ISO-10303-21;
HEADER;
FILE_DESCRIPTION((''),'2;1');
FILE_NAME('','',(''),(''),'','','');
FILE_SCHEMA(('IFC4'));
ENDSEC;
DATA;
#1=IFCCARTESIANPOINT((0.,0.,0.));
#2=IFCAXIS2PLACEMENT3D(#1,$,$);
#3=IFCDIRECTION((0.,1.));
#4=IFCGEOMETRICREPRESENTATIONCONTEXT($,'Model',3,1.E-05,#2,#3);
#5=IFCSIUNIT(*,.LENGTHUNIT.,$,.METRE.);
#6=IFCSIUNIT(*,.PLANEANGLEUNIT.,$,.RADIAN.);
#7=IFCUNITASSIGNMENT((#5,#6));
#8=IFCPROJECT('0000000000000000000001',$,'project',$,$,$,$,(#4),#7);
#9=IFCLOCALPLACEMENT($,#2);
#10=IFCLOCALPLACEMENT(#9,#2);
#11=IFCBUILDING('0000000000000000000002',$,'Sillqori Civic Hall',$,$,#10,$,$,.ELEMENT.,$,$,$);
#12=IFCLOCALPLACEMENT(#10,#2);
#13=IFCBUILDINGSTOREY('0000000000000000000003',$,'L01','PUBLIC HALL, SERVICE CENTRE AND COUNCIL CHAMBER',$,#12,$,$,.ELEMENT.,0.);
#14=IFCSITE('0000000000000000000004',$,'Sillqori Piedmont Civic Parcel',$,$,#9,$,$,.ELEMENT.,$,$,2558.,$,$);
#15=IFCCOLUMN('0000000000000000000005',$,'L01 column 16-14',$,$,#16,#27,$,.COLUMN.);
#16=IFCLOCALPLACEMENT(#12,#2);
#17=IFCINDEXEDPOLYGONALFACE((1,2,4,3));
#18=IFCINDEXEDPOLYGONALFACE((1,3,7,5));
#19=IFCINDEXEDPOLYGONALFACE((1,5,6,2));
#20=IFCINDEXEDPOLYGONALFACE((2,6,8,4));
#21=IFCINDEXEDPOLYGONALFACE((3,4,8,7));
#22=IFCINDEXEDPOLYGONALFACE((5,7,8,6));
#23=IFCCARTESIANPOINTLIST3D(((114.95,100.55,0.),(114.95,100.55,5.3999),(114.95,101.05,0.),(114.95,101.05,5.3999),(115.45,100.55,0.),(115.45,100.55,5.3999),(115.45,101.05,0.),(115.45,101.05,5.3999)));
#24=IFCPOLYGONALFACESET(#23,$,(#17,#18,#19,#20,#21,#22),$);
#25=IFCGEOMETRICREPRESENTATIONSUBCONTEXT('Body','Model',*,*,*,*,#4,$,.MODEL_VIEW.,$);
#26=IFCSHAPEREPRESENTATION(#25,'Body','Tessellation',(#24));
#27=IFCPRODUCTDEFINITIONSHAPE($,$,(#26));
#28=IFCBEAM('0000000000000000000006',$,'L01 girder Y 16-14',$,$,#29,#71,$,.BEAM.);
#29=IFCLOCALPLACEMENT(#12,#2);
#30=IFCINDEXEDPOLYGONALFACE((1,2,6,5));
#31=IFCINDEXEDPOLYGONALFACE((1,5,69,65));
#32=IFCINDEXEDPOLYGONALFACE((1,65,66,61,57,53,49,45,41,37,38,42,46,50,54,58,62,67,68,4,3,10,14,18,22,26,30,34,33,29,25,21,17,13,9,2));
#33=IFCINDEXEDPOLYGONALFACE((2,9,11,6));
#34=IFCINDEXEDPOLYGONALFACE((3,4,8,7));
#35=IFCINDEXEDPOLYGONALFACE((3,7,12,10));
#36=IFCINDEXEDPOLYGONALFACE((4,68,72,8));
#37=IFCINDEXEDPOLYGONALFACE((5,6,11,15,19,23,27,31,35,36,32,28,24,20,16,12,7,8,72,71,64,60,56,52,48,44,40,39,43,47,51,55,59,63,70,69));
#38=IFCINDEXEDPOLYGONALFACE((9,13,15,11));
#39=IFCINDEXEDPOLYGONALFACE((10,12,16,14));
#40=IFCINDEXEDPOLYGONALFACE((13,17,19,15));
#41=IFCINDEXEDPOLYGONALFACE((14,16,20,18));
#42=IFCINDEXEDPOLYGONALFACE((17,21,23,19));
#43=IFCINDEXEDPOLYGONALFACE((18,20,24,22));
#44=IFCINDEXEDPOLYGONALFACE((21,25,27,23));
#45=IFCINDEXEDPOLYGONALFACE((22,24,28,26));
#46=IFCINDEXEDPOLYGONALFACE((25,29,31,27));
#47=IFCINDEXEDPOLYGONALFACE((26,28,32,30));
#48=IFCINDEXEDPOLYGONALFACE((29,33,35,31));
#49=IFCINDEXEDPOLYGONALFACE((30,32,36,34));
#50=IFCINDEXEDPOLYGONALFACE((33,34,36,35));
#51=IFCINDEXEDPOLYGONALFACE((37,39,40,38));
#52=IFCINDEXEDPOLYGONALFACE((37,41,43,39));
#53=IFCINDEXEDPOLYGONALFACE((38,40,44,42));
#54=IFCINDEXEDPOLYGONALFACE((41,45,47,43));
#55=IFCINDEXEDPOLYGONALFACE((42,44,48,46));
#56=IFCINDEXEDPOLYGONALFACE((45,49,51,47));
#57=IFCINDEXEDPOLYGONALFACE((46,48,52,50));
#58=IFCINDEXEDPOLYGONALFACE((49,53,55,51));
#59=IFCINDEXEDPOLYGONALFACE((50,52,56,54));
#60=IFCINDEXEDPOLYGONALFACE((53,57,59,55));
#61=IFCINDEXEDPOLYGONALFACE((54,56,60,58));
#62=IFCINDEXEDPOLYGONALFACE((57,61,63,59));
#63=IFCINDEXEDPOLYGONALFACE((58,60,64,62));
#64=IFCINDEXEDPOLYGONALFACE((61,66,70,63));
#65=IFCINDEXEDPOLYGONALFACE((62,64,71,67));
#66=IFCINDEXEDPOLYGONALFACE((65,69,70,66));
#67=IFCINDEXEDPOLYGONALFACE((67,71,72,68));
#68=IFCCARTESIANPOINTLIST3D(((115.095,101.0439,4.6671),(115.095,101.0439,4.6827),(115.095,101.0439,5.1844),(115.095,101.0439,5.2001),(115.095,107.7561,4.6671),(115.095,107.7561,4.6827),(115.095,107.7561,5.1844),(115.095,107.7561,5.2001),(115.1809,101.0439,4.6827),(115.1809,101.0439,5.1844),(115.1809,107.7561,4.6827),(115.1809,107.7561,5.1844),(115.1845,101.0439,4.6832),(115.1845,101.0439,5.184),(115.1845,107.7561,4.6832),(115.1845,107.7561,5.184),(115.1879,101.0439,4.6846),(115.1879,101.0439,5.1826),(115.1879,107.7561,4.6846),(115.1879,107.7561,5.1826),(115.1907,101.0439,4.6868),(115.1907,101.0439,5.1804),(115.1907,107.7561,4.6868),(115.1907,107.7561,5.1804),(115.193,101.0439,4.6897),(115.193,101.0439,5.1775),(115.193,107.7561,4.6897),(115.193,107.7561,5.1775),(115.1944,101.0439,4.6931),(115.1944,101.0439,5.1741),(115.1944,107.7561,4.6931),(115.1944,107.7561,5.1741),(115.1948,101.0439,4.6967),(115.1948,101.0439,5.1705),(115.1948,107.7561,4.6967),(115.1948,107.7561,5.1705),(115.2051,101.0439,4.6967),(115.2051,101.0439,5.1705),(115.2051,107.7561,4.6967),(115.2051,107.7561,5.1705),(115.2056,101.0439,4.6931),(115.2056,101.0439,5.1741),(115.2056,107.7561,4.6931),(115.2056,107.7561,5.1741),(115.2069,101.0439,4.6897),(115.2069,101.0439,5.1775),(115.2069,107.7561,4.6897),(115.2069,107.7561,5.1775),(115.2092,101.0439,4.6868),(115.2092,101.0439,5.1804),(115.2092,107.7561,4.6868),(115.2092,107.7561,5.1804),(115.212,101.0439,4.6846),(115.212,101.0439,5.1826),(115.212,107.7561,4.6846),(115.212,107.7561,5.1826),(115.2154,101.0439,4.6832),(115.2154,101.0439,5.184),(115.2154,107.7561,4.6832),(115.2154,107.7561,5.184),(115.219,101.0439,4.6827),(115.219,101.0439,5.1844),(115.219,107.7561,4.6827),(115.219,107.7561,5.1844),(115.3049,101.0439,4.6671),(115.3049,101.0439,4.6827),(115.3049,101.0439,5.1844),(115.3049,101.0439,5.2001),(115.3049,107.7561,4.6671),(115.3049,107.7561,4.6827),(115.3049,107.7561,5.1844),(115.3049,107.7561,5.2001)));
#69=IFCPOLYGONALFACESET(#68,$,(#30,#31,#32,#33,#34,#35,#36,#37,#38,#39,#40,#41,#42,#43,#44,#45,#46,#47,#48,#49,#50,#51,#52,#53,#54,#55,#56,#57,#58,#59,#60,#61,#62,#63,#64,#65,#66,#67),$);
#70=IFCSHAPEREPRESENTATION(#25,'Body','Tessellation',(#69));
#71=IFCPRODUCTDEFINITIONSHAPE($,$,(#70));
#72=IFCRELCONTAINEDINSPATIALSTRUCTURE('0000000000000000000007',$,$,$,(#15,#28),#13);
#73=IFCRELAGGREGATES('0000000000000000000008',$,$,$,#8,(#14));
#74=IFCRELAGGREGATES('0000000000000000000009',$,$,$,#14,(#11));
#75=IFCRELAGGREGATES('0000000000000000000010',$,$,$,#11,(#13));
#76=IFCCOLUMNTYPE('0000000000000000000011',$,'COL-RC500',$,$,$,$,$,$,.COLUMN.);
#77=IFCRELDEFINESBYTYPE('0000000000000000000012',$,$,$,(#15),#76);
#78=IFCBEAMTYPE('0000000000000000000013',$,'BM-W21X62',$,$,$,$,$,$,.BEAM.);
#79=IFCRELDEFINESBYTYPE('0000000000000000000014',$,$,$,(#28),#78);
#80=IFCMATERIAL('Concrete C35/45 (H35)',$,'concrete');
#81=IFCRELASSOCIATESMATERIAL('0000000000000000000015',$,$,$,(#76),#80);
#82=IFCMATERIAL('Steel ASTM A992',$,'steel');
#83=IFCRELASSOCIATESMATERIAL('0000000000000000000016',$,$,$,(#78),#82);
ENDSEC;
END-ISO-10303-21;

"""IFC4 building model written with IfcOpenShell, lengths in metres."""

from ifc_helpers import new_model, si_unit, direction, frame, origin, origin_2d, place, context, subcontext, project, spatial, rectangle, i_section, extrude, material, material_profile, profile_set, type_object, element, save


model = new_model("IFC4")

# Units and contexts
model_context = context("Model", 3, precision=1e-05, world=origin(), true_north=direction((0.0, 1.0)))
body_context = subcontext(model_context, "Body", "Model", "MODEL_VIEW")
ifc_project = project(units=[si_unit("LENGTHUNIT", "METRE"), si_unit("PLANEANGLEUNIT", "RADIAN")], contexts=[model_context])

# Site, building, storey
site_placement = place(None, origin())
site = spatial("IfcSite", under=ifc_project, at=site_placement, Name="Sillqori Piedmont Civic Parcel", CompositionType="ELEMENT", RefElevation=2558.0)
building_placement = place(site_placement, origin())
building = spatial("IfcBuilding", under=site, at=building_placement, Name="Sillqori Civic Hall", CompositionType="ELEMENT")
storey_placement = place(building_placement, origin())
storey = spatial("IfcBuildingStorey", under=building, at=storey_placement, Name="L01", Description="PUBLIC HALL, SERVICE CENTRE AND COUNCIL CHAMBER", CompositionType="ELEMENT", Elevation=0.0)

# Column
ifc_material_1 = material(Name="Concrete C35/45 (H35)", Category="concrete")
ifc_material_profile_1 = material_profile(ifc_material_1, rectangle(XDim=0.5, YDim=0.5, at=origin_2d()), Name="RC 500x500")
ifc_profile_set_1 = profile_set([ifc_material_profile_1], Name="Concrete C35/45 (H35)")
column_type = type_object("IfcColumnType", Name="COL-RC500", PredefinedType="COLUMN", material=ifc_profile_set_1)
column_placement = place(storey_placement, frame((115.2, 100.8, 0.0), z_axis=(0.0, 0.0, 1.0), x_axis=(1.0, 0.0, 0.0)))
element("IfcColumn", 1, at=column_placement, inside=storey, type_object=column_type, Name="L01 column 16-14", PredefinedType="COLUMN", context=body_context, shape_type="SweptSolid", body=[
    extrude(rectangle(XDim=0.5, YDim=0.5, at=origin_2d()), origin(), (0.0, 0.0, 1.0), 5.3999),
])

# Beam
ifc_material_2 = material(Name="Steel ASTM A992", Category="steel")
ifc_material_profile_2 = material_profile(ifc_material_2, i_section(OverallWidth=0.21, OverallDepth=0.533, WebThickness=0.0103, FlangeThickness=0.0156, FilletRadius=0.0139, at=origin_2d()), Name="W21X62")
ifc_profile_set_2 = profile_set([ifc_material_profile_2], Name="Steel ASTM A992")
beam_type = type_object("IfcBeamType", Name="BM-W21X62", PredefinedType="BEAM", material=ifc_profile_set_2)
beam_placement = place(storey_placement, frame((115.2, 101.0439, 4.9336), z_axis=(0.0, 1.0, 0.0), x_axis=(-1.0, 0.0, 0.0)))
element("IfcBeam", 2, at=beam_placement, inside=storey, type_object=beam_type, Name="L01 girder Y 16-14", PredefinedType="BEAM", context=body_context, shape_type="SweptSolid", body=[
    extrude(i_section(OverallWidth=0.21, OverallDepth=0.533, WebThickness=0.0103, FlangeThickness=0.0156, FilletRadius=0.0139, at=origin_2d()), origin(), (0.0, 0.0, 1.0), 6.7122),
])

save(model, "model.ifc")
